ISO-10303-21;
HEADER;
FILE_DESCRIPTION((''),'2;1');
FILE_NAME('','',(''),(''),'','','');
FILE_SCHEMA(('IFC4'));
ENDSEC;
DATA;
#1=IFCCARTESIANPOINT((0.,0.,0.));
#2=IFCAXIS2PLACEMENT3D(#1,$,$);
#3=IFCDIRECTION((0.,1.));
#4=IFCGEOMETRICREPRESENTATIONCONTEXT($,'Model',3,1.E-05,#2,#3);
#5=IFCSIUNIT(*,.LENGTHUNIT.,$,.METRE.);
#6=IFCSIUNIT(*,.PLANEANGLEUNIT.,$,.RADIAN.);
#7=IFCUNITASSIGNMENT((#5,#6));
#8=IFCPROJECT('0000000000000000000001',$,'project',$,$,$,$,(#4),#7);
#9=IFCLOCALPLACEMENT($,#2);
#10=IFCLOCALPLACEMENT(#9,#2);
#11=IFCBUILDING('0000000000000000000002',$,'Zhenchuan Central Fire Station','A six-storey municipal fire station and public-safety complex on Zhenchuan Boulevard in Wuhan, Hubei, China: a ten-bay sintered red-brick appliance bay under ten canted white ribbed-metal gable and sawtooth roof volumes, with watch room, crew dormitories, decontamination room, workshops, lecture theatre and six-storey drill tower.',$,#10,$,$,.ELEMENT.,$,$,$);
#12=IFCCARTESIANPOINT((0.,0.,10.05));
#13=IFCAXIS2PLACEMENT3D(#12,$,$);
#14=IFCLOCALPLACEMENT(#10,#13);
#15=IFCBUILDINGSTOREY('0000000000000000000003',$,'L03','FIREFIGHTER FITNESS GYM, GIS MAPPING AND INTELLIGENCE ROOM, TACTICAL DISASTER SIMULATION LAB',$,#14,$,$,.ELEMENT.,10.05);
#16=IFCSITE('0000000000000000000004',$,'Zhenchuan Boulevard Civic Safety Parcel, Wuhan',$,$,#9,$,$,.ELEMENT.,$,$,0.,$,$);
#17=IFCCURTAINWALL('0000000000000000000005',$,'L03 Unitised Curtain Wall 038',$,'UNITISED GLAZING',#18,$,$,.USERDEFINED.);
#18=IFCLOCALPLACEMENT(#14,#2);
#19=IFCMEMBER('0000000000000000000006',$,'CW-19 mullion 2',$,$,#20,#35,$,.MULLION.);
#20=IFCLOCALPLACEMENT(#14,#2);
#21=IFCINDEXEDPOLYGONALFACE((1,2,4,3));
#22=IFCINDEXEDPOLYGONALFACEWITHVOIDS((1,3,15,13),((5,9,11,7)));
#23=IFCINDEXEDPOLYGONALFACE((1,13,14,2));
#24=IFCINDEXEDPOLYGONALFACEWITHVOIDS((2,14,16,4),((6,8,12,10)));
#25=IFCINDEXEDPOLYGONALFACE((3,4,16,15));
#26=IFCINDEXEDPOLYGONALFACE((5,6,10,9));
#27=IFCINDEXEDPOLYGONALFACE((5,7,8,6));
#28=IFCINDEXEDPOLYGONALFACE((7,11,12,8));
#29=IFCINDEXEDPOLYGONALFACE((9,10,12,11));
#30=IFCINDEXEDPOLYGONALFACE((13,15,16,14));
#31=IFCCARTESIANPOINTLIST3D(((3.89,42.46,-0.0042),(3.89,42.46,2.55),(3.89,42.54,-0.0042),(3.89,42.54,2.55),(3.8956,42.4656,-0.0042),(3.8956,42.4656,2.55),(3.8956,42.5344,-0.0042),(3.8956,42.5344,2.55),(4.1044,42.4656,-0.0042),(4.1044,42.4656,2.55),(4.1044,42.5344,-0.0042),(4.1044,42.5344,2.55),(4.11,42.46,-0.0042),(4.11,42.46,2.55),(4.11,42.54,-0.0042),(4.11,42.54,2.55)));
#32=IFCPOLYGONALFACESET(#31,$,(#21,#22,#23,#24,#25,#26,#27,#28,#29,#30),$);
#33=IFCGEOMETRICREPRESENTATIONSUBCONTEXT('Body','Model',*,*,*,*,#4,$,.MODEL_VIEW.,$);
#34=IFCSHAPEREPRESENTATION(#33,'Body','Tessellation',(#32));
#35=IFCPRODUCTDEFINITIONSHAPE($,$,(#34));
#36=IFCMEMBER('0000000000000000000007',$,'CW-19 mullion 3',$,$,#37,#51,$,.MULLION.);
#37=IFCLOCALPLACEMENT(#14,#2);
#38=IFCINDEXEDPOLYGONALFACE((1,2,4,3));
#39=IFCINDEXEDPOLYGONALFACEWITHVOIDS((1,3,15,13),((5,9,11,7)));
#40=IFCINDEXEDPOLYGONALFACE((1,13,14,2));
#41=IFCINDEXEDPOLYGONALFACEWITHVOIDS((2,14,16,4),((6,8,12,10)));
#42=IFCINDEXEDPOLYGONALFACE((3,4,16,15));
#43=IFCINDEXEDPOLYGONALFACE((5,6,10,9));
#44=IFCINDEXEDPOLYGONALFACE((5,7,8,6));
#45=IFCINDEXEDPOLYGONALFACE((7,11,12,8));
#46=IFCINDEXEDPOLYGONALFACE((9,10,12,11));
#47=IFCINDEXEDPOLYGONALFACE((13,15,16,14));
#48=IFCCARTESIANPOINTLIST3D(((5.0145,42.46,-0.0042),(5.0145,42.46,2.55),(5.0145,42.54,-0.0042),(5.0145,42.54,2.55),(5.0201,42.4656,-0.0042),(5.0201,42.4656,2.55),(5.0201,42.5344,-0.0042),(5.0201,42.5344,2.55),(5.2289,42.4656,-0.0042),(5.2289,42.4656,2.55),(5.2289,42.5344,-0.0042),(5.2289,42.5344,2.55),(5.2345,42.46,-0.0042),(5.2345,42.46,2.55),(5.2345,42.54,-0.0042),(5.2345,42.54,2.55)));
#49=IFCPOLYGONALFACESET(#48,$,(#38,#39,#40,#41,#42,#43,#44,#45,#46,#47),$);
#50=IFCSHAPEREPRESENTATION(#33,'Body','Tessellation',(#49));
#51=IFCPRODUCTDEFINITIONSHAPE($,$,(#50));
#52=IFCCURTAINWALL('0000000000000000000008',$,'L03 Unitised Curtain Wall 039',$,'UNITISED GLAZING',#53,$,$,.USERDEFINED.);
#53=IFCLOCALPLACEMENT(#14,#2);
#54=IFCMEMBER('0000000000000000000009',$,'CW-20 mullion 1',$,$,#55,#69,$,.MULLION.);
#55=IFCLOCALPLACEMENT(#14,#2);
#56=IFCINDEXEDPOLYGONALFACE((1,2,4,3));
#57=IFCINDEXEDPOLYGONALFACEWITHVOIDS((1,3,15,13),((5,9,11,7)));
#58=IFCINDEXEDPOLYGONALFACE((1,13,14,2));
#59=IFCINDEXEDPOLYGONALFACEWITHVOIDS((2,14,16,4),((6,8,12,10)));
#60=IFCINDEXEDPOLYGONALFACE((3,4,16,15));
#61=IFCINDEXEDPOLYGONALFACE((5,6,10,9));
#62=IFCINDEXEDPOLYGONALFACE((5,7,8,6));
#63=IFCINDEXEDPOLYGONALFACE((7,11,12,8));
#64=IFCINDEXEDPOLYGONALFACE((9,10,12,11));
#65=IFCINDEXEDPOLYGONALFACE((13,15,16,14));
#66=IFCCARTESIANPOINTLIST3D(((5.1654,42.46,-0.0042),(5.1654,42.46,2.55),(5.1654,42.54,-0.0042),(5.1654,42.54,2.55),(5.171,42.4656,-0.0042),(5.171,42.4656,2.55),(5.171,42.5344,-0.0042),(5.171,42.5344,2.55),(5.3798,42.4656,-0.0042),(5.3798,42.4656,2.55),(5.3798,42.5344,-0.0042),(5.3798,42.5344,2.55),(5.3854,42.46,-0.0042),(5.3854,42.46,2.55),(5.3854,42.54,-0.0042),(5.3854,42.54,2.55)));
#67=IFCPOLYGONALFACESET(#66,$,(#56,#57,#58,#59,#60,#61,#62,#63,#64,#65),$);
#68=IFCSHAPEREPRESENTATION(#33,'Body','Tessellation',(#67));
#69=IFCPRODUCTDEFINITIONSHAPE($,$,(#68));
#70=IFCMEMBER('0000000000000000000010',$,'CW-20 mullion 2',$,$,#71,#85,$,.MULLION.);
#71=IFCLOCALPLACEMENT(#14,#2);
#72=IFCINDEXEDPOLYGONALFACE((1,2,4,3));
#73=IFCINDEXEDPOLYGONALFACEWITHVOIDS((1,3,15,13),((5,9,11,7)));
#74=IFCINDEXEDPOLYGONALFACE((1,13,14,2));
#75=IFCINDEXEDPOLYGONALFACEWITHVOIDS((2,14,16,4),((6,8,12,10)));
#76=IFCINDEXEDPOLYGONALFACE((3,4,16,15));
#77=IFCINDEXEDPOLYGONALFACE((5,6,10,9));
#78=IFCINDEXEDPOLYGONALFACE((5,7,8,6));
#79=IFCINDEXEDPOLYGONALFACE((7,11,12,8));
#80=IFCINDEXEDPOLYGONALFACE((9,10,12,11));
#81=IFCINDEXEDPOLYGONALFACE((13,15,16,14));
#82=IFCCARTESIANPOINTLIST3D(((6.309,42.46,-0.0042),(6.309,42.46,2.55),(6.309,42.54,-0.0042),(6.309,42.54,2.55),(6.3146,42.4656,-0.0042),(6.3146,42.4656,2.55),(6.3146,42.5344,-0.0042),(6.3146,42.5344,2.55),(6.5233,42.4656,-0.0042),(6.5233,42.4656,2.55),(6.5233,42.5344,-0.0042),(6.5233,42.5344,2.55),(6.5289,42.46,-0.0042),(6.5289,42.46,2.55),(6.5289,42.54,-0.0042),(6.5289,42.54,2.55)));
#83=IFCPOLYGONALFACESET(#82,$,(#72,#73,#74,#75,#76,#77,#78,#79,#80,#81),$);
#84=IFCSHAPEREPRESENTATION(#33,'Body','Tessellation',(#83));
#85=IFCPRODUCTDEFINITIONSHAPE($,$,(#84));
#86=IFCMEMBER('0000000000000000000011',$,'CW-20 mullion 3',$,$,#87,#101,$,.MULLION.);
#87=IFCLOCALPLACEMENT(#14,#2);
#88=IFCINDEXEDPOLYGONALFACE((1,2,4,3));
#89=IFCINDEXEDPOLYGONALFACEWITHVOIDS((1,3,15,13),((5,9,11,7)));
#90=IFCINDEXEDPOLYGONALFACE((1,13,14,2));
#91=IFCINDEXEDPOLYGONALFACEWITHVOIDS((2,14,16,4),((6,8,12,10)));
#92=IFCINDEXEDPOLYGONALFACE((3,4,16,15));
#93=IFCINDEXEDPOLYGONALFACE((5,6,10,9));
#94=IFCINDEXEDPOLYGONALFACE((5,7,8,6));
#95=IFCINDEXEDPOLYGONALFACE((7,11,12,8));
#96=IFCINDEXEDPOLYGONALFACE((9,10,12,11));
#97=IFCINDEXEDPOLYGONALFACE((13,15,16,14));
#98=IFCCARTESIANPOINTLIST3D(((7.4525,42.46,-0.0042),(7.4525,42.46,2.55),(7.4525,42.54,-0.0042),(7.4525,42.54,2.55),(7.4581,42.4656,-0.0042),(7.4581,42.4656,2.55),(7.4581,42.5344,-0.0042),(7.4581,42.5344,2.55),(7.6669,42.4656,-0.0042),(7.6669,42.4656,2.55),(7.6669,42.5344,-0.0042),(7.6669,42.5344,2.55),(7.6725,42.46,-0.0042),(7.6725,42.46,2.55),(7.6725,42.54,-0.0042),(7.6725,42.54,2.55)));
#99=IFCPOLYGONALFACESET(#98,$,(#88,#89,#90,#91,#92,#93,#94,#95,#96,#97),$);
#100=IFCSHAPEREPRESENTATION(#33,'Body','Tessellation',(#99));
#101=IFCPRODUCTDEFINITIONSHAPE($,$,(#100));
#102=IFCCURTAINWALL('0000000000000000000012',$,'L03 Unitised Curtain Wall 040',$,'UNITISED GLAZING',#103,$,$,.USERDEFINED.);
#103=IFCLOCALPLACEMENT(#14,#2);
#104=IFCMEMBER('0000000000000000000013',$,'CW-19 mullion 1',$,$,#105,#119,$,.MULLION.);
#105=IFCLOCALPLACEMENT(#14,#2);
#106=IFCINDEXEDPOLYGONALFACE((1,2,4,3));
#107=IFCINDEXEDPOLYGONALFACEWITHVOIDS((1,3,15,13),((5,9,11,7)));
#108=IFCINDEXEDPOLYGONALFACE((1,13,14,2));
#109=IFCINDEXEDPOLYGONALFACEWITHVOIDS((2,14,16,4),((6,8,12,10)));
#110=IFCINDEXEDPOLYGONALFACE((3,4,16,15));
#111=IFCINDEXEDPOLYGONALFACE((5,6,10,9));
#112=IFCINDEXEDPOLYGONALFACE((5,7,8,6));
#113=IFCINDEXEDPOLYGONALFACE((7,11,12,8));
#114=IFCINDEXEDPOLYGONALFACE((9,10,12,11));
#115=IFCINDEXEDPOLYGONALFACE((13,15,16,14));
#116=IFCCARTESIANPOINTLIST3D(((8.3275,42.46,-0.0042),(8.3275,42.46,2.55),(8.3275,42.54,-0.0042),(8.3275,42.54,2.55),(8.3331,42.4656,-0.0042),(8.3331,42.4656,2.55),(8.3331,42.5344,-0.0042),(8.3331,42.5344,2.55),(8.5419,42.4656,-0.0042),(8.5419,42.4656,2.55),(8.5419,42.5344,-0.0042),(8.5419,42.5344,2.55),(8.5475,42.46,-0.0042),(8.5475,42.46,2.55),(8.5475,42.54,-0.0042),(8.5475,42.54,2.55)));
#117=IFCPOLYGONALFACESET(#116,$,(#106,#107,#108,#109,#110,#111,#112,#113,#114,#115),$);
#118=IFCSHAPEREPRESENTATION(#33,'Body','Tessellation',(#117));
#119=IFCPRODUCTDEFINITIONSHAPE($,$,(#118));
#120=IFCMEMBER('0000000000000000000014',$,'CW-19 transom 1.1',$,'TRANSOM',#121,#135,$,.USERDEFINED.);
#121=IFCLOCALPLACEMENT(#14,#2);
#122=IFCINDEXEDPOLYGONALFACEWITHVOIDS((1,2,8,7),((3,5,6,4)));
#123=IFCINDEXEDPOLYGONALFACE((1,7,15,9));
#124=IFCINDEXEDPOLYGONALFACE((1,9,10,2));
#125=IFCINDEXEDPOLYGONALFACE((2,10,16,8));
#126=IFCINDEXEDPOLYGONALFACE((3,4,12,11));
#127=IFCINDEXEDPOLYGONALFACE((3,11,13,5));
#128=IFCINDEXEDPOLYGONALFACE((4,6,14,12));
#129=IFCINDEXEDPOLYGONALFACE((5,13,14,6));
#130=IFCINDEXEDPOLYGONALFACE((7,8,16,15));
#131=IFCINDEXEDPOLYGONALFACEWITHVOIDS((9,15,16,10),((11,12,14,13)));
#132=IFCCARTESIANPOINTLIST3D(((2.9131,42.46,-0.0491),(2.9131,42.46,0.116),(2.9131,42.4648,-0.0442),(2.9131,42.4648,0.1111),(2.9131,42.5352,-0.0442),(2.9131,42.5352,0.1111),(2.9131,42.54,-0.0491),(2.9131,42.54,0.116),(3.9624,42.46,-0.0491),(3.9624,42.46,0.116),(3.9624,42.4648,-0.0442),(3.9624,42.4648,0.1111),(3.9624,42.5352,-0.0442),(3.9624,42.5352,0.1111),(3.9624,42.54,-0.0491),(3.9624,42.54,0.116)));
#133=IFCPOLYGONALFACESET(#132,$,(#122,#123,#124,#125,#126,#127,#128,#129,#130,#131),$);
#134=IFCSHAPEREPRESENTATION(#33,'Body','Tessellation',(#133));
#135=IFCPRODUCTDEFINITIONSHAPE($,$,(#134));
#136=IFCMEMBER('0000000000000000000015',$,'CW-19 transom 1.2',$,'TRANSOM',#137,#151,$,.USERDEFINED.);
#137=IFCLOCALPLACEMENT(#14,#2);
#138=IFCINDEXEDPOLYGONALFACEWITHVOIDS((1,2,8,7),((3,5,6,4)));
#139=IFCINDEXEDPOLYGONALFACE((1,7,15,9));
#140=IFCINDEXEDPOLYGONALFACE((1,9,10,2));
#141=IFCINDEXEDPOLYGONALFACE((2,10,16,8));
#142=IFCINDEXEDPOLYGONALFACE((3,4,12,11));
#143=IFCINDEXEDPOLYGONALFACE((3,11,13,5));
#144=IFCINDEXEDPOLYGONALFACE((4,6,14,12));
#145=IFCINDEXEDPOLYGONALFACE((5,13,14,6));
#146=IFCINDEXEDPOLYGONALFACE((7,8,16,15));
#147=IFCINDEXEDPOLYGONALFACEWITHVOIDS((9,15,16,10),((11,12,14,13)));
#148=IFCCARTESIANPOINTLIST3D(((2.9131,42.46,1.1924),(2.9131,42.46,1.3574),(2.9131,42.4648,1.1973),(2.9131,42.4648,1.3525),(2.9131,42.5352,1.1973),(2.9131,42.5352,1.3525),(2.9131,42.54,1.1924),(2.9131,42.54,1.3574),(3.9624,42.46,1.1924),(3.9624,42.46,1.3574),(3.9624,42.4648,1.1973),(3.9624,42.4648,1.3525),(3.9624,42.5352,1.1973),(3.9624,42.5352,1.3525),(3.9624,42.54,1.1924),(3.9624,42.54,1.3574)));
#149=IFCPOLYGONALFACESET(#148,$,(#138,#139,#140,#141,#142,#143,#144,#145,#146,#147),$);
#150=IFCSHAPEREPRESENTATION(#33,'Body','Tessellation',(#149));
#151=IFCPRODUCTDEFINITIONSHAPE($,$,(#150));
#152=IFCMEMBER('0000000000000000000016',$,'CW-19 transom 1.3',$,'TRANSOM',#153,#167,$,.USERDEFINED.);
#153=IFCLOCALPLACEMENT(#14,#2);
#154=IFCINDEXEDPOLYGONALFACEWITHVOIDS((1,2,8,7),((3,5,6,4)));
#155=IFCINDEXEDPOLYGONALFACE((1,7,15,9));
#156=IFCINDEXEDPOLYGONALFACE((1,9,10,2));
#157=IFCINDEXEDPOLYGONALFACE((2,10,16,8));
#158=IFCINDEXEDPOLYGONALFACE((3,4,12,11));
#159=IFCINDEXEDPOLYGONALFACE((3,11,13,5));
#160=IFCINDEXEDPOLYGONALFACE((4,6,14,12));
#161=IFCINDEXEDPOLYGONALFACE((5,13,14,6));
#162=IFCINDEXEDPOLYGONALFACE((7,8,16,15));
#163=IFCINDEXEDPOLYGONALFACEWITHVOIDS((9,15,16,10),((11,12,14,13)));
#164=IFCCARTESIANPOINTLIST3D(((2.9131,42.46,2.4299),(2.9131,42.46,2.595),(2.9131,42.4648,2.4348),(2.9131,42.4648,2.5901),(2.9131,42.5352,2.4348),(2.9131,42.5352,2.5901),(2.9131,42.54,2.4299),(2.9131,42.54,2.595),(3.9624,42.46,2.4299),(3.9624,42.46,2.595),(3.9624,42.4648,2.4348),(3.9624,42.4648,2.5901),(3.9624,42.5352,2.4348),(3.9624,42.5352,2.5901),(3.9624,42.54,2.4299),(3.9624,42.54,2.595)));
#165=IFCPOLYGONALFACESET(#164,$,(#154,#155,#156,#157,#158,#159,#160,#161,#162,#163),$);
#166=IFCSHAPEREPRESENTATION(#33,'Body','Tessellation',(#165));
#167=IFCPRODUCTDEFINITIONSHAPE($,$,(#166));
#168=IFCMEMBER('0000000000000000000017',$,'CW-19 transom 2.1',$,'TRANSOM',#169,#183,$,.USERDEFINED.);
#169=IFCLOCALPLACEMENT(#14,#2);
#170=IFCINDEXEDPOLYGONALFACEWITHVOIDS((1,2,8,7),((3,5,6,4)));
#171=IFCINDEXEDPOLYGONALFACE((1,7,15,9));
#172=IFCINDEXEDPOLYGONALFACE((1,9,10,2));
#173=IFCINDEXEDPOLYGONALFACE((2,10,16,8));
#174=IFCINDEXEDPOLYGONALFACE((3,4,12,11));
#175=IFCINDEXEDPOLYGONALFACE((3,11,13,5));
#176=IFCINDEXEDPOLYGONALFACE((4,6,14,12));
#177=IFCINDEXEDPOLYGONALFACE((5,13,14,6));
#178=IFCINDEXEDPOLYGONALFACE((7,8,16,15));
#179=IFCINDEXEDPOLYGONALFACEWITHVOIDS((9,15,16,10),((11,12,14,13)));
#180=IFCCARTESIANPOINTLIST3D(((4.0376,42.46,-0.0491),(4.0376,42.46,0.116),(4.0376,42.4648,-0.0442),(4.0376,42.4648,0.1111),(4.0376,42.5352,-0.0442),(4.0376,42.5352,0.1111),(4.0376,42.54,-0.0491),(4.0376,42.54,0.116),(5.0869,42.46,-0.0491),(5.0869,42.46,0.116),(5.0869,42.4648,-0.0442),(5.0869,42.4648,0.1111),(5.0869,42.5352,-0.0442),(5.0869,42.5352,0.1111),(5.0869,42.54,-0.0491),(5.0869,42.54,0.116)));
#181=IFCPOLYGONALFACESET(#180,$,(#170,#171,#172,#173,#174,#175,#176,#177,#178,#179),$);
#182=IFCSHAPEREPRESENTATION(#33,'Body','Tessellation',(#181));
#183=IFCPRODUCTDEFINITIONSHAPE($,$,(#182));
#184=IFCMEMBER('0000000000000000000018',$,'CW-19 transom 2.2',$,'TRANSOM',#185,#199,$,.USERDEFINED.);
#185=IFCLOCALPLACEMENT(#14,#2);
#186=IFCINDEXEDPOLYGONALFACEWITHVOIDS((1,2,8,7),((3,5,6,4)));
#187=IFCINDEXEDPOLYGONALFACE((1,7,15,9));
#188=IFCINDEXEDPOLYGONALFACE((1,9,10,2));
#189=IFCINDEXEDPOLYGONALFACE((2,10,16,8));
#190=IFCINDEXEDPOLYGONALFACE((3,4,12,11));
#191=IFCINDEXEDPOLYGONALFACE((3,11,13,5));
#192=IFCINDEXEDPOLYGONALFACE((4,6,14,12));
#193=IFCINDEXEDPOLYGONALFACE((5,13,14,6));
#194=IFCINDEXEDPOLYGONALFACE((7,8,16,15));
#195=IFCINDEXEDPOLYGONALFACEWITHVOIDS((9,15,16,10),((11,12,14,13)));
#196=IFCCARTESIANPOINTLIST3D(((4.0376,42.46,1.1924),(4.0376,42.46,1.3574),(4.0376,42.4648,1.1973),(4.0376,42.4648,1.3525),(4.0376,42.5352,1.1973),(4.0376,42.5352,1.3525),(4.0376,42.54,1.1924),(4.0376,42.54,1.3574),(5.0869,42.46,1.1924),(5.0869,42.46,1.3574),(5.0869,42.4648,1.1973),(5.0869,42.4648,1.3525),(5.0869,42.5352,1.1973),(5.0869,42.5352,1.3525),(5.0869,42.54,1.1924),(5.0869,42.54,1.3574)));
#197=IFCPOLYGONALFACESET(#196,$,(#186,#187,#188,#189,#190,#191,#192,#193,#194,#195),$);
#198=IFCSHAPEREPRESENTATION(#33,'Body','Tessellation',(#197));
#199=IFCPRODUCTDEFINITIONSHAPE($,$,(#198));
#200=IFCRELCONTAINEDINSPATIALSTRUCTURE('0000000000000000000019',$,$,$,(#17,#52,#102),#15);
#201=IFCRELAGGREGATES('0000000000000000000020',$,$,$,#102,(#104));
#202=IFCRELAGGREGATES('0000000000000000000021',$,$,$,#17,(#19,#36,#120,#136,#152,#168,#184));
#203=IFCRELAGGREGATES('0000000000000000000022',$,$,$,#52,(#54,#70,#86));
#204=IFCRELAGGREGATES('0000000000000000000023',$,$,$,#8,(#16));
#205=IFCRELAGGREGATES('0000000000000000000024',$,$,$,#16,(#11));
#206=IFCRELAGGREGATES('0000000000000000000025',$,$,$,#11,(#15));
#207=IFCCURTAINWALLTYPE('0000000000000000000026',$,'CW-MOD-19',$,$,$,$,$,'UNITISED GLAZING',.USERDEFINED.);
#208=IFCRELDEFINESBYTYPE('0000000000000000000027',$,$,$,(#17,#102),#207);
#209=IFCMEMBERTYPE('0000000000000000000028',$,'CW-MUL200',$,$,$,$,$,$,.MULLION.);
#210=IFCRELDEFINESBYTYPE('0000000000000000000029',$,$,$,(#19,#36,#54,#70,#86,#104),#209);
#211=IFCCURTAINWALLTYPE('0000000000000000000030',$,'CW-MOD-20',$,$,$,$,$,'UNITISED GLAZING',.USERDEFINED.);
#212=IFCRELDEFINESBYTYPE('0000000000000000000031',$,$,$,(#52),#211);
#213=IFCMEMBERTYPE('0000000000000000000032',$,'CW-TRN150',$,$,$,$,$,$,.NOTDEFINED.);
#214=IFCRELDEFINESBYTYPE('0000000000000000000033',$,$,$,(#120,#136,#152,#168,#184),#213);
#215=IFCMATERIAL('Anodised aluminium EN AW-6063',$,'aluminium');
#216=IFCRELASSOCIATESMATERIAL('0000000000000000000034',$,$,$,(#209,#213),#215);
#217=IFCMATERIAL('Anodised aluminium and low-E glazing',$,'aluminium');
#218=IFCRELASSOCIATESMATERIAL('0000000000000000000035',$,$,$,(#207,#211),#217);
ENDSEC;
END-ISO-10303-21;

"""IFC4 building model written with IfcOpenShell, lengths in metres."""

from ifc_helpers import new_model, si_unit, direction, frame, origin, origin_2d, place, context, subcontext, project, spatial, hollow_rectangle, extrude, material, material_profile, profile_set, type_object, element, aggregate, save


model = new_model("IFC4")

# Units and contexts
model_context = context("Model", 3, precision=1e-05, world=origin(), true_north=direction((0.0, 1.0)))
body_context = subcontext(model_context, "Body", "Model", "MODEL_VIEW")
ifc_project = project(units=[si_unit("LENGTHUNIT", "METRE"), si_unit("PLANEANGLEUNIT", "RADIAN")], contexts=[model_context])

# Site, building, storey
site_placement = place(None, origin())
site = spatial("IfcSite", under=ifc_project, at=site_placement, Name="Zhenchuan Boulevard Civic Safety Parcel, Wuhan", CompositionType="ELEMENT", RefElevation=0.0)
building_placement = place(site_placement, origin())
building = spatial("IfcBuilding", under=site, at=building_placement, Name="Zhenchuan Central Fire Station", Description="A six-storey municipal fire station and public-safety complex on Zhenchuan Boulevard in Wuhan, Hubei, China: a ten-bay sintered red-brick appliance bay under ten canted white ribbed-metal gable and sawtooth roof volumes, with watch room, crew dormitories, decontamination room, workshops, lecture theatre and six-storey drill tower.", CompositionType="ELEMENT")
storey_placement = place(building_placement, frame((0.0, 0.0, 10.05)))
storey = spatial("IfcBuildingStorey", under=building, at=storey_placement, Name="L03", Description="FIREFIGHTER FITNESS GYM, GIS MAPPING AND INTELLIGENCE ROOM, TACTICAL DISASTER SIMULATION LAB", CompositionType="ELEMENT", Elevation=10.05)

# Shared definitions
ifc_material_1 = material(Name="Anodised aluminium and low-E glazing", Category="aluminium")
ifc_material_2 = material(Name="Anodised aluminium EN AW-6063", Category="aluminium")
ifc_material_profile_1 = material_profile(ifc_material_2, hollow_rectangle(XDim=0.0801, YDim=0.22, WallThickness=0.0056, at=origin_2d()), Name="ALU-M 220x80")
ifc_profile_set_1 = profile_set([ifc_material_profile_1], Name="Anodised aluminium EN AW-6063")
member_type_1 = type_object("IfcMemberType", Name="CW-MUL200", PredefinedType="MULLION", material=ifc_profile_set_1)

# Curtain walls, members
curtain_wall_type_1 = type_object("IfcCurtainWallType", Name="CW-MOD-19", ElementType="UNITISED GLAZING", PredefinedType="USERDEFINED", material=ifc_material_1)
curtain_wall_1_placement = place(storey_placement, origin())
curtain_wall_1 = element("IfcCurtainWall", 1, at=curtain_wall_1_placement, inside=storey, type_object=curtain_wall_type_1, Name="L03 Unitised Curtain Wall 038", ObjectType="UNITISED GLAZING", PredefinedType="USERDEFINED")
member_1_placement = place(storey_placement, frame((4.0, 42.5, -0.0042), z_axis=(0.0, 0.0, 1.0), x_axis=(0.0, 1.0, 0.0)))
member_1 = element("IfcMember", 2, at=member_1_placement, type_object=member_type_1, Name="CW-19 mullion 2", PredefinedType="MULLION", context=body_context, shape_type="SweptSolid", body=[
    extrude(hollow_rectangle(XDim=0.0801, YDim=0.22, WallThickness=0.0056, at=origin_2d()), origin(), (0.0, 0.0, 1.0), 2.5542),
])
member_2_placement = place(storey_placement, frame((5.1245, 42.5, -0.0042), z_axis=(0.0, 0.0, 1.0), x_axis=(0.0, 1.0, 0.0)))
member_2 = element("IfcMember", 3, at=member_2_placement, type_object=member_type_1, Name="CW-19 mullion 3", PredefinedType="MULLION", context=body_context, shape_type="SweptSolid", body=[
    extrude(hollow_rectangle(XDim=0.0801, YDim=0.22, WallThickness=0.0056, at=origin_2d()), origin(), (0.0, 0.0, 1.0), 2.5542),
])
curtain_wall_type_2 = type_object("IfcCurtainWallType", Name="CW-MOD-20", ElementType="UNITISED GLAZING", PredefinedType="USERDEFINED", material=ifc_material_1)
curtain_wall_2_placement = place(storey_placement, origin())
curtain_wall_2 = element("IfcCurtainWall", 4, at=curtain_wall_2_placement, inside=storey, type_object=curtain_wall_type_2, Name="L03 Unitised Curtain Wall 039", ObjectType="UNITISED GLAZING", PredefinedType="USERDEFINED")
member_3_placement = place(storey_placement, frame((5.2754, 42.5, -0.0042), z_axis=(0.0, 0.0, 1.0), x_axis=(0.0, 1.0, 0.0)))
member_3 = element("IfcMember", 5, at=member_3_placement, type_object=member_type_1, Name="CW-20 mullion 1", PredefinedType="MULLION", context=body_context, shape_type="SweptSolid", body=[
    extrude(hollow_rectangle(XDim=0.0801, YDim=0.22, WallThickness=0.0056, at=origin_2d()), origin(), (0.0, 0.0, 1.0), 2.5542),
])
member_4_placement = place(storey_placement, frame((6.4189, 42.5, -0.0042), z_axis=(0.0, 0.0, 1.0), x_axis=(0.0, 1.0, 0.0)))
member_4 = element("IfcMember", 6, at=member_4_placement, type_object=member_type_1, Name="CW-20 mullion 2", PredefinedType="MULLION", context=body_context, shape_type="SweptSolid", body=[
    extrude(hollow_rectangle(XDim=0.0801, YDim=0.22, WallThickness=0.0056, at=origin_2d()), origin(), (0.0, 0.0, 1.0), 2.5542),
])
member_5_placement = place(storey_placement, frame((7.5625, 42.5, -0.0042), z_axis=(0.0, 0.0, 1.0), x_axis=(0.0, 1.0, 0.0)))
member_5 = element("IfcMember", 7, at=member_5_placement, type_object=member_type_1, Name="CW-20 mullion 3", PredefinedType="MULLION", context=body_context, shape_type="SweptSolid", body=[
    extrude(hollow_rectangle(XDim=0.0801, YDim=0.22, WallThickness=0.0056, at=origin_2d()), origin(), (0.0, 0.0, 1.0), 2.5542),
])

# Curtain wall, member
curtain_wall_3_placement = place(storey_placement, origin())
curtain_wall_3 = element("IfcCurtainWall", 8, at=curtain_wall_3_placement, inside=storey, type_object=curtain_wall_type_1, Name="L03 Unitised Curtain Wall 040", ObjectType="UNITISED GLAZING", PredefinedType="USERDEFINED")
member_6_placement = place(storey_placement, frame((8.4375, 42.5, -0.0042), z_axis=(0.0, 0.0, 1.0), x_axis=(0.0, 1.0, 0.0)))
member_6 = element("IfcMember", 9, at=member_6_placement, type_object=member_type_1, Name="CW-19 mullion 1", PredefinedType="MULLION", context=body_context, shape_type="SweptSolid", body=[
    extrude(hollow_rectangle(XDim=0.0801, YDim=0.22, WallThickness=0.0056, at=origin_2d()), origin(), (0.0, 0.0, 1.0), 2.5542),
])
aggregate(curtain_wall_3, [member_6])

# Members
ifc_material_profile_2 = material_profile(ifc_material_2, hollow_rectangle(XDim=0.0801, YDim=0.165, WallThickness=0.0049, at=origin_2d()), Name="ALU-T 165x80")
ifc_profile_set_2 = profile_set([ifc_material_profile_2], Name="Anodised aluminium EN AW-6063")
member_type_2 = type_object("IfcMemberType", Name="CW-TRN150", PredefinedType="NOTDEFINED", material=ifc_profile_set_2)
member_7_placement = place(storey_placement, frame((2.9131, 42.5, 0.0334), z_axis=(1.0, 0.0, 0.0), x_axis=(0.0, 1.0, 0.0)))
member_7 = element("IfcMember", 10, at=member_7_placement, type_object=member_type_2, Name="CW-19 transom 1.1", ObjectType="TRANSOM", PredefinedType="USERDEFINED", context=body_context, shape_type="SweptSolid", body=[
    extrude(hollow_rectangle(XDim=0.0801, YDim=0.165, WallThickness=0.0049, at=origin_2d()), origin(), (0.0, 0.0, 1.0), 1.0493),
])
member_8_placement = place(storey_placement, frame((2.9131, 42.5, 1.2749), z_axis=(1.0, 0.0, 0.0), x_axis=(0.0, 1.0, 0.0)))
member_8 = element("IfcMember", 11, at=member_8_placement, type_object=member_type_2, Name="CW-19 transom 1.2", ObjectType="TRANSOM", PredefinedType="USERDEFINED", context=body_context, shape_type="SweptSolid", body=[
    extrude(hollow_rectangle(XDim=0.0801, YDim=0.165, WallThickness=0.0049, at=origin_2d()), origin(), (0.0, 0.0, 1.0), 1.0493),
])
member_9_placement = place(storey_placement, frame((2.9131, 42.5, 2.5125), z_axis=(1.0, 0.0, 0.0), x_axis=(0.0, 1.0, 0.0)))
member_9 = element("IfcMember", 12, at=member_9_placement, type_object=member_type_2, Name="CW-19 transom 1.3", ObjectType="TRANSOM", PredefinedType="USERDEFINED", context=body_context, shape_type="SweptSolid", body=[
    extrude(hollow_rectangle(XDim=0.0801, YDim=0.165, WallThickness=0.0049, at=origin_2d()), origin(), (0.0, 0.0, 1.0), 1.0493),
])
member_10_placement = place(storey_placement, frame((4.0376, 42.5, 0.0334), z_axis=(1.0, 0.0, 0.0), x_axis=(0.0, 1.0, 0.0)))
member_10 = element("IfcMember", 13, at=member_10_placement, type_object=member_type_2, Name="CW-19 transom 2.1", ObjectType="TRANSOM", PredefinedType="USERDEFINED", context=body_context, shape_type="SweptSolid", body=[
    extrude(hollow_rectangle(XDim=0.0801, YDim=0.165, WallThickness=0.0049, at=origin_2d()), origin(), (0.0, 0.0, 1.0), 1.0493),
])
member_11_placement = place(storey_placement, frame((4.0376, 42.5, 1.2749), z_axis=(1.0, 0.0, 0.0), x_axis=(0.0, 1.0, 0.0)))
member_11 = element("IfcMember", 14, at=member_11_placement, type_object=member_type_2, Name="CW-19 transom 2.2", ObjectType="TRANSOM", PredefinedType="USERDEFINED", context=body_context, shape_type="SweptSolid", body=[
    extrude(hollow_rectangle(XDim=0.0801, YDim=0.165, WallThickness=0.0049, at=origin_2d()), origin(), (0.0, 0.0, 1.0), 1.0493),
])

aggregate(curtain_wall_1, [member_1, member_2, member_7, member_8, member_9, member_10, member_11])
aggregate(curtain_wall_2, [member_3, member_4, member_5])

save(model, "model.ifc")
